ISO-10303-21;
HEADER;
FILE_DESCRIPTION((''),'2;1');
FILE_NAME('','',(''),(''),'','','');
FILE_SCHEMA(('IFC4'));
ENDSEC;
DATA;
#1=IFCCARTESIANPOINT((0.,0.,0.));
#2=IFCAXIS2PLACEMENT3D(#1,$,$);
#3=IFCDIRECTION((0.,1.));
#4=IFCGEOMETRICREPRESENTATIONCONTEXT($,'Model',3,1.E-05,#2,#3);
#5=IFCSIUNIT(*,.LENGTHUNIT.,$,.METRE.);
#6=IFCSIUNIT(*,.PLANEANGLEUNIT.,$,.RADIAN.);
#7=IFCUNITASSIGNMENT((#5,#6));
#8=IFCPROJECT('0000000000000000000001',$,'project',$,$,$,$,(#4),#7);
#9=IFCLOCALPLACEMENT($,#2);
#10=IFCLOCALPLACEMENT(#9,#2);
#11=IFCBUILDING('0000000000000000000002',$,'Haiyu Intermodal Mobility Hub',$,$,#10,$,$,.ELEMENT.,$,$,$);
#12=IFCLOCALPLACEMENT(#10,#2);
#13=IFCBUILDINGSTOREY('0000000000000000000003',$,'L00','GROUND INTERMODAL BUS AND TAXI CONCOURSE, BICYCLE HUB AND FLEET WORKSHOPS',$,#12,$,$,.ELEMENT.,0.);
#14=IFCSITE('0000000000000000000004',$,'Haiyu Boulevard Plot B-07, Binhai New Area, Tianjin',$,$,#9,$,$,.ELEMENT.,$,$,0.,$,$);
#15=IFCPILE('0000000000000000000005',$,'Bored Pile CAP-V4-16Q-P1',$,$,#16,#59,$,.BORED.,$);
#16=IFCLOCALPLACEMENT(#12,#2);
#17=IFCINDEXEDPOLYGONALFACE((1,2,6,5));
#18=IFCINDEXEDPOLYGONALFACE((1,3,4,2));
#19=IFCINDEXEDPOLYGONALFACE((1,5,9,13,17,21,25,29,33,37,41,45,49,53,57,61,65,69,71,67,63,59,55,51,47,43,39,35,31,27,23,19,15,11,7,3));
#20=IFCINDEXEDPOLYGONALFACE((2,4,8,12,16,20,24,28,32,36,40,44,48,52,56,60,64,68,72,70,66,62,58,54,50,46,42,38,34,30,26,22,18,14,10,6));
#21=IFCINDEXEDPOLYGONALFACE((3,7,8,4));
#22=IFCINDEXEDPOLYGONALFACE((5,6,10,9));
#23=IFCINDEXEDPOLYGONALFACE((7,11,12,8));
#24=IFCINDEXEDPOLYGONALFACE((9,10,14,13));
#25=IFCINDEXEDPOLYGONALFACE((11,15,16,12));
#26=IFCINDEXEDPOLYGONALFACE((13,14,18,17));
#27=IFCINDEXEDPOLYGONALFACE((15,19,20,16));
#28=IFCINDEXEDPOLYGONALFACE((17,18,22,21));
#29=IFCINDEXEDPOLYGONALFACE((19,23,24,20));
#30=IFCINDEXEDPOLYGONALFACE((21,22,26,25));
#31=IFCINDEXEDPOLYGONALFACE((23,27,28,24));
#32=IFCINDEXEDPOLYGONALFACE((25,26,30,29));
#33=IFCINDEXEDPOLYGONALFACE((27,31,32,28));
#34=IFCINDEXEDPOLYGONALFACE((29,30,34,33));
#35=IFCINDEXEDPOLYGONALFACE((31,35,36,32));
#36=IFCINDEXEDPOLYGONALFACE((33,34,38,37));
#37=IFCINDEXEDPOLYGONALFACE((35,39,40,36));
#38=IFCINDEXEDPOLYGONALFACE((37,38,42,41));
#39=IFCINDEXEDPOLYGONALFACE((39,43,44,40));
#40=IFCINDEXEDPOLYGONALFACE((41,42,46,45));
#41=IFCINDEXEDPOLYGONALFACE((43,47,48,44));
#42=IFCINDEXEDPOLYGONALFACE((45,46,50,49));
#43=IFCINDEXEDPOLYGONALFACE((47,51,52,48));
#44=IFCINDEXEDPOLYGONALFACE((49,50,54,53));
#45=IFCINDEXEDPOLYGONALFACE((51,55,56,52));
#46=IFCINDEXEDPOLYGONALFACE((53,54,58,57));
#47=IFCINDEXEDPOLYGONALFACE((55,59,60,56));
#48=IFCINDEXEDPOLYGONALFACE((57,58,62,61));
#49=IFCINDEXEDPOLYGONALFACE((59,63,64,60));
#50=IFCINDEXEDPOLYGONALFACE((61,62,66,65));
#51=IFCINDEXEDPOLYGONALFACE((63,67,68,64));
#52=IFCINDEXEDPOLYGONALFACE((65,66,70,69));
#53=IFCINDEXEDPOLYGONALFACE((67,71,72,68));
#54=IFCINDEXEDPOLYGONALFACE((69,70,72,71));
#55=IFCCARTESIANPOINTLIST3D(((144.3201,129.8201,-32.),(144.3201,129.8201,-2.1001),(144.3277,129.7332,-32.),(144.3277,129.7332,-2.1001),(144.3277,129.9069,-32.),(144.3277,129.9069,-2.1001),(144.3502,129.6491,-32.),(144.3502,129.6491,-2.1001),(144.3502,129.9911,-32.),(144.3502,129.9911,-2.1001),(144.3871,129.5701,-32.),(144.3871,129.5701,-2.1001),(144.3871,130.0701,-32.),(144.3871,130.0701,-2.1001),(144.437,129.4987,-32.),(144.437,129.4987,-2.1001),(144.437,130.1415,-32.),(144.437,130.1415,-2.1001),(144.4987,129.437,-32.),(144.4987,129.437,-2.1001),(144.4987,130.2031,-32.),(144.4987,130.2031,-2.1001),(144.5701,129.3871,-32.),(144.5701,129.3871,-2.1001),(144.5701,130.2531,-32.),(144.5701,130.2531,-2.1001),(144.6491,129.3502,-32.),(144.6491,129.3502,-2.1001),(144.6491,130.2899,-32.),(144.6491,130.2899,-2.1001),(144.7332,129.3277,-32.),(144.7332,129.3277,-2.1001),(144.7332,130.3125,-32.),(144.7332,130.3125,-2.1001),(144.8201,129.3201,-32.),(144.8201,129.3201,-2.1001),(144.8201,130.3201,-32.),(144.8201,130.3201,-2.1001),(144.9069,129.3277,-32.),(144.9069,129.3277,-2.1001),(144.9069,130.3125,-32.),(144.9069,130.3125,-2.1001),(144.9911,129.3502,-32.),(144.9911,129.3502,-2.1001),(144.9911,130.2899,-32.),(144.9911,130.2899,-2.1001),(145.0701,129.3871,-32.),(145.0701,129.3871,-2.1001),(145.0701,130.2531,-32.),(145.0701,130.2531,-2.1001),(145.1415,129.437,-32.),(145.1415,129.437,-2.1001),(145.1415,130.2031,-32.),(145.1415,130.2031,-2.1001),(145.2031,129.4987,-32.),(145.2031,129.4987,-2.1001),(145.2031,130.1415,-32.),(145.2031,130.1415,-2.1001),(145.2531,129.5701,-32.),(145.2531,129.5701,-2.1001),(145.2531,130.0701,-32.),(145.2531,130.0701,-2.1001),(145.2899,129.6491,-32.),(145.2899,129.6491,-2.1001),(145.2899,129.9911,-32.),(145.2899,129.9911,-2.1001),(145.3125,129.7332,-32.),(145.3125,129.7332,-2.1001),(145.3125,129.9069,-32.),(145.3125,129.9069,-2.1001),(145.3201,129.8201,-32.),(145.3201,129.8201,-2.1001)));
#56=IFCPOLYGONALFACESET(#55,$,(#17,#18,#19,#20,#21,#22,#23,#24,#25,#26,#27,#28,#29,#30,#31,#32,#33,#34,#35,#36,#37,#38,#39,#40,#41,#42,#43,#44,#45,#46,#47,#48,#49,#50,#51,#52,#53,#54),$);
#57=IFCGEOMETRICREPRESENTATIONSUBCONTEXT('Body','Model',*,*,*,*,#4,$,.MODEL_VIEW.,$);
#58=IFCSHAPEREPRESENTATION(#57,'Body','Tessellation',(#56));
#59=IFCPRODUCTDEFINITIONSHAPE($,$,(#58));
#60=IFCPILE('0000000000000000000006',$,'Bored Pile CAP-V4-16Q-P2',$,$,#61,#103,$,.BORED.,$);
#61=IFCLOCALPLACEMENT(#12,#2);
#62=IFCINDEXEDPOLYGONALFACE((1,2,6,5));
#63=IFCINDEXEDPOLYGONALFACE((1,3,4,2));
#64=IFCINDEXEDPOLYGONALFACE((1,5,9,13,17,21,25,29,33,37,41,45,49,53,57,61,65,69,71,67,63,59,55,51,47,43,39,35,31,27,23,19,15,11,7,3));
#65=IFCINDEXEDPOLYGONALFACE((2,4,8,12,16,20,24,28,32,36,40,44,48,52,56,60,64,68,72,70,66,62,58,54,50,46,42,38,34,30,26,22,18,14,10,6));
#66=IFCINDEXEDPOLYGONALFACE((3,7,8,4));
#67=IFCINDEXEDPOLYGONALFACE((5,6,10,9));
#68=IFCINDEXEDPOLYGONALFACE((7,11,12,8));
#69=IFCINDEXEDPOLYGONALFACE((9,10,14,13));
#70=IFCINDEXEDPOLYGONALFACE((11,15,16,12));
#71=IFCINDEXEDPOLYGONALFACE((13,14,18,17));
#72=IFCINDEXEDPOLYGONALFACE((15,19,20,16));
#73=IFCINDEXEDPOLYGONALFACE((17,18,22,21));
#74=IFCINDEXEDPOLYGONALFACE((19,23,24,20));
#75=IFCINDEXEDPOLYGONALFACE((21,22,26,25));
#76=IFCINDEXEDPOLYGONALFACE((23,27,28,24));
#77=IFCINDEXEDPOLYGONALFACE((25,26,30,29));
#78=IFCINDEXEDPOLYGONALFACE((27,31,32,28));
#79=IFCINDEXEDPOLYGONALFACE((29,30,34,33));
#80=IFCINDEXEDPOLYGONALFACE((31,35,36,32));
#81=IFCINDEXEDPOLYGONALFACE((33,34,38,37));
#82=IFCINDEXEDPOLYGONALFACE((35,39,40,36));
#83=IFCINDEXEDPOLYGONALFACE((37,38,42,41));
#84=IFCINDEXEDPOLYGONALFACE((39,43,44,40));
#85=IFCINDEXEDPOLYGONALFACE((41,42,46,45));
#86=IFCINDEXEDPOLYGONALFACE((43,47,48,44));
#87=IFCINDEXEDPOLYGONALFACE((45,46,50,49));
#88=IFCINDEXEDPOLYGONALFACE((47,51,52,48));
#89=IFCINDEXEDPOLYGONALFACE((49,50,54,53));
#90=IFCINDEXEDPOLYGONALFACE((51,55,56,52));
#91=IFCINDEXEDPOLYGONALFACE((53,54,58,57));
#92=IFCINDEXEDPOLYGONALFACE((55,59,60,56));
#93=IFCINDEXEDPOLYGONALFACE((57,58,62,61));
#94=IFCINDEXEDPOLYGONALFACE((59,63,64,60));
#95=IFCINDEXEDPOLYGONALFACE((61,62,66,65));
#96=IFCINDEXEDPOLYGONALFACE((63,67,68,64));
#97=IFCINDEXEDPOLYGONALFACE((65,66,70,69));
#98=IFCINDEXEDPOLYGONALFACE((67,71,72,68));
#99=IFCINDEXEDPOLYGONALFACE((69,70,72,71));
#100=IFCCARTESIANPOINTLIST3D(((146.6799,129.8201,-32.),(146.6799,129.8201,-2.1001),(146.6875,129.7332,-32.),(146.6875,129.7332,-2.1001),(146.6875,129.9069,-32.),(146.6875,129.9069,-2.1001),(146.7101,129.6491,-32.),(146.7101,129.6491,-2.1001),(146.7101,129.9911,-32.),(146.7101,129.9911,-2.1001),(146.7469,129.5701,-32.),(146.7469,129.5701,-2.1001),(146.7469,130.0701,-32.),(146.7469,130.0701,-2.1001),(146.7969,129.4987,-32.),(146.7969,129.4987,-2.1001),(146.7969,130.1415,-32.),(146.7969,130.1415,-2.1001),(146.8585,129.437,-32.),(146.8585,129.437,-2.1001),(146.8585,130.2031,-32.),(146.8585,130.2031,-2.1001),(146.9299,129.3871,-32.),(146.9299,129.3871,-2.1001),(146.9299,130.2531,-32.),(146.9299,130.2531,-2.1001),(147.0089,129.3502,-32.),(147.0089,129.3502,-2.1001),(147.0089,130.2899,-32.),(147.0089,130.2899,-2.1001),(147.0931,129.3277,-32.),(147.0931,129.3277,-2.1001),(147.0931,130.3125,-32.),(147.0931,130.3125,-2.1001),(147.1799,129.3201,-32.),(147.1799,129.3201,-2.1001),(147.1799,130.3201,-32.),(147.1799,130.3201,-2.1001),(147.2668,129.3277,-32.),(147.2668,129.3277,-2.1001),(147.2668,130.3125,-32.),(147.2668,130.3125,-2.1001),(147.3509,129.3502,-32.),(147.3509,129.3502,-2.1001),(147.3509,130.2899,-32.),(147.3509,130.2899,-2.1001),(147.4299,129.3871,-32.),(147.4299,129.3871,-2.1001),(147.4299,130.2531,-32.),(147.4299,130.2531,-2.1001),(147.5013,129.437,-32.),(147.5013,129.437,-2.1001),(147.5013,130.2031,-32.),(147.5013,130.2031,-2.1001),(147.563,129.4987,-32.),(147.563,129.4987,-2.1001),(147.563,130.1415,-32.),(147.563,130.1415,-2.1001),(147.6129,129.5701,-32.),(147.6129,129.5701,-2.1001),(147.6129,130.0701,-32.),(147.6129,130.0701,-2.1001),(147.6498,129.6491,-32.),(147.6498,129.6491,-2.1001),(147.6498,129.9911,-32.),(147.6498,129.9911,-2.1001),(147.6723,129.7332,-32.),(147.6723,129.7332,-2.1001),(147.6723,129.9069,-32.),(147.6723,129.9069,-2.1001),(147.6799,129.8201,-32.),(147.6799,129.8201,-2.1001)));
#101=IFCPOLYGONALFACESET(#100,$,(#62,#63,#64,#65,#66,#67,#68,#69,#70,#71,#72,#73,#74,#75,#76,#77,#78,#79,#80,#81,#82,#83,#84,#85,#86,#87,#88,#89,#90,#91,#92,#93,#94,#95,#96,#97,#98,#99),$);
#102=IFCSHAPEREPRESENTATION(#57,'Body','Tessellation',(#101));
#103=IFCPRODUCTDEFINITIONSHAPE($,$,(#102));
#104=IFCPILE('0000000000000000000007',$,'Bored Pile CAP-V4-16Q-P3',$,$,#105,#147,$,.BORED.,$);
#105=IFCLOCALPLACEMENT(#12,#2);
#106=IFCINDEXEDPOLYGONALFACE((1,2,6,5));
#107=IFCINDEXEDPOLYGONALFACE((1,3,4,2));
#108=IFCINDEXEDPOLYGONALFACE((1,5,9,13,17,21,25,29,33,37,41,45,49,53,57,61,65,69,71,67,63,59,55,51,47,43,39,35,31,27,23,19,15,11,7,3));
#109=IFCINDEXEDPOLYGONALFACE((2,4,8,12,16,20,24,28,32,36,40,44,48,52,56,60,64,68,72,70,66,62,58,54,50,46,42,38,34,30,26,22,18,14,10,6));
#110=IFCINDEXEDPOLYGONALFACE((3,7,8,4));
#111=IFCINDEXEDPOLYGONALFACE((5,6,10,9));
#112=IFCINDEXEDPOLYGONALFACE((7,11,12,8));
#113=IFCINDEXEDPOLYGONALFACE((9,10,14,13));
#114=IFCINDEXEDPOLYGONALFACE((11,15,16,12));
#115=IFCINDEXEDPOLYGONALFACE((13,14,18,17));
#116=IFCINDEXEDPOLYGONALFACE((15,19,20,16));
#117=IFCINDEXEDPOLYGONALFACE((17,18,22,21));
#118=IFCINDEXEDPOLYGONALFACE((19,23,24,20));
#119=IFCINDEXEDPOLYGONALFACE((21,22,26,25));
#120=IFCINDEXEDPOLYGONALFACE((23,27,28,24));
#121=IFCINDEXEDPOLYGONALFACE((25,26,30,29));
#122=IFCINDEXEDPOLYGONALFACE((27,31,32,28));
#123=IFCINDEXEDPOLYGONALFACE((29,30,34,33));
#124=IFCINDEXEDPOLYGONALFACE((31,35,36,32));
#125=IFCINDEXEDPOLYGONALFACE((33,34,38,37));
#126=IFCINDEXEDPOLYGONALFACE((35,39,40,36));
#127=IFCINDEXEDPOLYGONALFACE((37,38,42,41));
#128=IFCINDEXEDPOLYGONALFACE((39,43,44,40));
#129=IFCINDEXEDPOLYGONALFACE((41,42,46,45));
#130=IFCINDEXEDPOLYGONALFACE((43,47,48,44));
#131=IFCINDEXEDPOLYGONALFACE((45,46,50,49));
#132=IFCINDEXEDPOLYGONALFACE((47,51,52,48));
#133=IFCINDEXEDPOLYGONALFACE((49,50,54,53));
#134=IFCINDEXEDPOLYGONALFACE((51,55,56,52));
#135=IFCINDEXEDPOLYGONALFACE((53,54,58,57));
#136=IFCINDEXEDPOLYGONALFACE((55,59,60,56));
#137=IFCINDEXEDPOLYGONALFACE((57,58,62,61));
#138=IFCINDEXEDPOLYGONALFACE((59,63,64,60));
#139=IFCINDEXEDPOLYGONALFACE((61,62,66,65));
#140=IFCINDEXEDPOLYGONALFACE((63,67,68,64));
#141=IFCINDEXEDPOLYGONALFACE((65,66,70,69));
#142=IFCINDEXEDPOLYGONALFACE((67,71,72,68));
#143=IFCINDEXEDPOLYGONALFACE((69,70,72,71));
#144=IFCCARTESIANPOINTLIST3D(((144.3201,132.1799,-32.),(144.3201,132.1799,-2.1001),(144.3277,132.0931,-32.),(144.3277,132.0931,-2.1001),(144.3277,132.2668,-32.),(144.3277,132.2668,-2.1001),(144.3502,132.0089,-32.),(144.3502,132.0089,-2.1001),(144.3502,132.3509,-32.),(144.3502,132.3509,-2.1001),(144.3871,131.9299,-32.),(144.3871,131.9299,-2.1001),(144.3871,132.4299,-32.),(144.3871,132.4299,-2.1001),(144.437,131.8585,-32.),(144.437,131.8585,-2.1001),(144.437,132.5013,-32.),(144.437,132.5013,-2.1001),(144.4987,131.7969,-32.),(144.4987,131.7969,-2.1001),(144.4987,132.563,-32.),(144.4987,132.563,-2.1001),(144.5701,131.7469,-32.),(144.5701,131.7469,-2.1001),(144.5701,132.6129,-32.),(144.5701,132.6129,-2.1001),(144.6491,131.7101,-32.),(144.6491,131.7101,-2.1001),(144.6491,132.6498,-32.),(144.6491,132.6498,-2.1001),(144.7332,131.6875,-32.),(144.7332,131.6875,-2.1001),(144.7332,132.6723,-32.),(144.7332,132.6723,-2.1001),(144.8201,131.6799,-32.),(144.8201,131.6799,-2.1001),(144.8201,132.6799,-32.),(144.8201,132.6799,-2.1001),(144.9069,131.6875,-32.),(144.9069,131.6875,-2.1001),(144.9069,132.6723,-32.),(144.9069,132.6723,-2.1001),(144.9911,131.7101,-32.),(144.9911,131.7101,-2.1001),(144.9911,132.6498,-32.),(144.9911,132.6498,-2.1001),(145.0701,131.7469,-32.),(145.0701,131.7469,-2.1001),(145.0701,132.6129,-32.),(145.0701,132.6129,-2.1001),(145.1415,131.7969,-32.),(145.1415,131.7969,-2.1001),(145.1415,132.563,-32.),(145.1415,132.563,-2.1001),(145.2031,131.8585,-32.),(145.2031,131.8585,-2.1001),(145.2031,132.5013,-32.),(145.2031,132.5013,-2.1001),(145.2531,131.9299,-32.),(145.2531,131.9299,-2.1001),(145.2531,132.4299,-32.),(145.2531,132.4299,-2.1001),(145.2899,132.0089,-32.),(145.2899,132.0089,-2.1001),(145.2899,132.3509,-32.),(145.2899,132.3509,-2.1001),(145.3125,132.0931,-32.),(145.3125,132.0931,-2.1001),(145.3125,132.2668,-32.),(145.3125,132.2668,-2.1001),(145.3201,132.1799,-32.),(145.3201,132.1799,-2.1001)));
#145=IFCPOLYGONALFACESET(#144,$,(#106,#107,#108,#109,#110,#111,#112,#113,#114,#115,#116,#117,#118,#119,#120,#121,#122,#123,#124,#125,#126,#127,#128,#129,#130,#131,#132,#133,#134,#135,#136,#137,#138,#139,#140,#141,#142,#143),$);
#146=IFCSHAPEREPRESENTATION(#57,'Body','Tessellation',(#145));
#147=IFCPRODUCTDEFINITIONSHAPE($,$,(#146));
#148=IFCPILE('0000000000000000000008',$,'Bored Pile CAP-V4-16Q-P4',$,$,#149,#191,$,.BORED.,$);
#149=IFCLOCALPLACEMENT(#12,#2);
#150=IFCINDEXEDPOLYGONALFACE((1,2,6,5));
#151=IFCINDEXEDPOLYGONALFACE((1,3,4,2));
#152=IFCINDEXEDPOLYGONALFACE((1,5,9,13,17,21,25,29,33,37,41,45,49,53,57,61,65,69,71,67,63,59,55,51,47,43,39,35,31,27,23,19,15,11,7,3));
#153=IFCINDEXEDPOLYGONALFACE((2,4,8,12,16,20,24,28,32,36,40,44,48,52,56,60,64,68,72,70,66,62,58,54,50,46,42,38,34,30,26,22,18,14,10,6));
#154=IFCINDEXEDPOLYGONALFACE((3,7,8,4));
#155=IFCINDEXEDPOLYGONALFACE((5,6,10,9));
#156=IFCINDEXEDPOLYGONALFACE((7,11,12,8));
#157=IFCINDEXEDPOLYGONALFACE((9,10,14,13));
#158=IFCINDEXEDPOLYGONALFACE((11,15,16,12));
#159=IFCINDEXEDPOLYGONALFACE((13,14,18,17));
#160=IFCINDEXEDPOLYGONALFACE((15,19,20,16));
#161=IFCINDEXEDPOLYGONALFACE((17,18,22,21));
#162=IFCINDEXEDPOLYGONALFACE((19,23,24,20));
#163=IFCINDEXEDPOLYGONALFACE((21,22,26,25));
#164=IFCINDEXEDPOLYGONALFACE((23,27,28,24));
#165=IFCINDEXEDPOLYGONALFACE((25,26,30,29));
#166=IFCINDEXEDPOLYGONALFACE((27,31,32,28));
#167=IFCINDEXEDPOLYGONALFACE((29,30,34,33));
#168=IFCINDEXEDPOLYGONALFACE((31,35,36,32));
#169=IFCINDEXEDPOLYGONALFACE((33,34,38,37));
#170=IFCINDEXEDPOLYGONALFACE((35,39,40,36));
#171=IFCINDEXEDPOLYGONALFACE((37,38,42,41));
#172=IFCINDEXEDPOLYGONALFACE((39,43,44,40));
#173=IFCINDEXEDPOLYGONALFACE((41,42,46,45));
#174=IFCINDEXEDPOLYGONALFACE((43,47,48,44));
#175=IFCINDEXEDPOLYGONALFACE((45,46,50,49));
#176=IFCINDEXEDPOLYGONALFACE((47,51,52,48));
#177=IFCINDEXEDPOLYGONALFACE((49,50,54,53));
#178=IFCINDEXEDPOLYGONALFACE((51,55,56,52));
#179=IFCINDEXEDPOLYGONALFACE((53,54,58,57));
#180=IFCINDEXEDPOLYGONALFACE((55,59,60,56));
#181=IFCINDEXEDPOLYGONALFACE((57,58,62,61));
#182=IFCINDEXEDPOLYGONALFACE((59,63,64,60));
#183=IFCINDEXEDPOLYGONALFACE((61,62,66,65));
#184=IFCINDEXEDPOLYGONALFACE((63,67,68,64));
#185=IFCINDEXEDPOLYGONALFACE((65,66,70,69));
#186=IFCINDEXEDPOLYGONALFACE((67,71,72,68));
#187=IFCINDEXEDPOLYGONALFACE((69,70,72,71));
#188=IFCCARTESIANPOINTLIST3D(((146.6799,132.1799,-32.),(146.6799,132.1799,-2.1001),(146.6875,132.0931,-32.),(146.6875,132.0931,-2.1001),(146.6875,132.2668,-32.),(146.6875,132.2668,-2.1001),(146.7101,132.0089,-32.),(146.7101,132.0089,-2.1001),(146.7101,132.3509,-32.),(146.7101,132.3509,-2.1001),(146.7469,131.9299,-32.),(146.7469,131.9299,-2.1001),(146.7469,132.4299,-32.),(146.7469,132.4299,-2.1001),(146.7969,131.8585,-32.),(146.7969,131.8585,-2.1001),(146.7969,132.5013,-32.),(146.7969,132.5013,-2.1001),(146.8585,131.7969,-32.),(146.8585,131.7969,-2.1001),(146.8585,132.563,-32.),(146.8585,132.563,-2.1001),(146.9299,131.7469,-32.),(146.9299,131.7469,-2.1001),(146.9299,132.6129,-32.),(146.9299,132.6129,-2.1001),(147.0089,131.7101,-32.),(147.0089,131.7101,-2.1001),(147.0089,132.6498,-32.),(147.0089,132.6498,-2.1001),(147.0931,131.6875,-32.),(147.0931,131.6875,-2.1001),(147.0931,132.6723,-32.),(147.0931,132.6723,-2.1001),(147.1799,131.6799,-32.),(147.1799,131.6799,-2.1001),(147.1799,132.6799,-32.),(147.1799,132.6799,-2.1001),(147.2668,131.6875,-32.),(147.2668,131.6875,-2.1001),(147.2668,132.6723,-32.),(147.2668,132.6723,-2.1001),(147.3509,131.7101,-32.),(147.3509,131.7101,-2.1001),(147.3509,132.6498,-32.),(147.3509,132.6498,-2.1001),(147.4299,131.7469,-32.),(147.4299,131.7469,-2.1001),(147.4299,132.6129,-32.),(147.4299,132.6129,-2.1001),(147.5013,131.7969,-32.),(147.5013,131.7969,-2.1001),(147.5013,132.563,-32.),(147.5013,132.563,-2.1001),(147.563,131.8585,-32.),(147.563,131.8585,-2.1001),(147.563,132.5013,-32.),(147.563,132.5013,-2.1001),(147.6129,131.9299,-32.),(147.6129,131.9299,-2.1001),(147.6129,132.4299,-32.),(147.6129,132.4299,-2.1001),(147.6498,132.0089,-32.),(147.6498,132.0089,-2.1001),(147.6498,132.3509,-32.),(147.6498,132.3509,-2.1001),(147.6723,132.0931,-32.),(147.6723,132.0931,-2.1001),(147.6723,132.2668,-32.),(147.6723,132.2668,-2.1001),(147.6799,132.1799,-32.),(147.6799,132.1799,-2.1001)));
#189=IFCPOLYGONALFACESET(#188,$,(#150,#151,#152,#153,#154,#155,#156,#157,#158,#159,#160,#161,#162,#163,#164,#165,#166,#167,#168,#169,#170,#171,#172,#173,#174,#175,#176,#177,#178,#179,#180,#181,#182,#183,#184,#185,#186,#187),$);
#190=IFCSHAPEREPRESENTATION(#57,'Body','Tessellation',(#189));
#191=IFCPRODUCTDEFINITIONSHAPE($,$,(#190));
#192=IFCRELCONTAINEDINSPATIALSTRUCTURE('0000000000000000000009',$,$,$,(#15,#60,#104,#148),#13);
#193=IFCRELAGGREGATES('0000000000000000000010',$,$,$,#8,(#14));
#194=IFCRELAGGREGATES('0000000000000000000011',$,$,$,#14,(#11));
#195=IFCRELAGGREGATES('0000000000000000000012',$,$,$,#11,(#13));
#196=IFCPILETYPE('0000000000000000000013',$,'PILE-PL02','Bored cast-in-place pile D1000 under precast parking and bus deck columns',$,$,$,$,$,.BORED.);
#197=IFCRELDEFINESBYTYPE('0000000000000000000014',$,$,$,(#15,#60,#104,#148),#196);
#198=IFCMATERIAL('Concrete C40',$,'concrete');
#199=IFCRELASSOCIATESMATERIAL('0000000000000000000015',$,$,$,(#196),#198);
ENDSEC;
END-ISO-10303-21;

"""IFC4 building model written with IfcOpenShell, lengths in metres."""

from ifc_helpers import new_model, si_unit, direction, frame, origin, origin_2d, place, context, subcontext, project, spatial, circle, extrude, material, material_profile, profile_set, type_object, element, save


model = new_model("IFC4")

# Units and contexts
model_context = context("Model", 3, precision=1e-05, world=origin(), true_north=direction((0.0, 1.0)))
body_context = subcontext(model_context, "Body", "Model", "MODEL_VIEW")
ifc_project = project(units=[si_unit("LENGTHUNIT", "METRE"), si_unit("PLANEANGLEUNIT", "RADIAN")], contexts=[model_context])

# Site, building, storey
site_placement = place(None, origin())
site = spatial("IfcSite", under=ifc_project, at=site_placement, Name="Haiyu Boulevard Plot B-07, Binhai New Area, Tianjin", CompositionType="ELEMENT", RefElevation=0.0)
building_placement = place(site_placement, origin())
building = spatial("IfcBuilding", under=site, at=building_placement, Name="Haiyu Intermodal Mobility Hub", CompositionType="ELEMENT")
storey_placement = place(building_placement, origin())
storey = spatial("IfcBuildingStorey", under=building, at=storey_placement, Name="L00", Description="GROUND INTERMODAL BUS AND TAXI CONCOURSE, BICYCLE HUB AND FLEET WORKSHOPS", CompositionType="ELEMENT", Elevation=0.0)

# Shared definitions
ifc_material_1 = material(Name="Concrete C40", Category="concrete")

# Piles
ifc_material_profile_1 = material_profile(ifc_material_1, circle(Radius=0.5, at=origin_2d()), Name="PILE-D1000")
ifc_profile_set_1 = profile_set([ifc_material_profile_1], Name="Concrete C40")
pile_type = type_object("IfcPileType", Name="PILE-PL02", Description="Bored cast-in-place pile D1000 under precast parking and bus deck columns", PredefinedType="BORED", material=ifc_profile_set_1)
for number, where, z_axis, x_axis, name in (
    (1, (144.8201, 129.8201, -2.1001), (0.0, 0.0, -1.0), (1.0, 0.0, 0.0), "Bored Pile CAP-V4-16Q-P1"),
    (2, (147.1799, 129.8201, -2.1001), (0.0, 0.0, -1.0), (1.0, 0.0, 0.0), "Bored Pile CAP-V4-16Q-P2"),
    (3, (144.8201, 132.1799, -2.1001), (0.0, 0.0, -1.0), (1.0, 0.0, 0.0), "Bored Pile CAP-V4-16Q-P3"),
    (4, (147.1799, 132.1799, -2.1001), (0.0, 0.0, -1.0), (1.0, 0.0, 0.0), "Bored Pile CAP-V4-16Q-P4"),
):
    element("IfcPile", number, at=place(storey_placement, frame(where, z_axis=z_axis, x_axis=x_axis)), inside=storey, type_object=pile_type, Name=name, PredefinedType="BORED", context=body_context, shape_type="SweptSolid", body=[
        extrude(circle(Radius=0.5, at=origin_2d()), origin(), (0.0, 0.0, 1.0), 29.8999),
    ])

save(model, "model.ifc")
